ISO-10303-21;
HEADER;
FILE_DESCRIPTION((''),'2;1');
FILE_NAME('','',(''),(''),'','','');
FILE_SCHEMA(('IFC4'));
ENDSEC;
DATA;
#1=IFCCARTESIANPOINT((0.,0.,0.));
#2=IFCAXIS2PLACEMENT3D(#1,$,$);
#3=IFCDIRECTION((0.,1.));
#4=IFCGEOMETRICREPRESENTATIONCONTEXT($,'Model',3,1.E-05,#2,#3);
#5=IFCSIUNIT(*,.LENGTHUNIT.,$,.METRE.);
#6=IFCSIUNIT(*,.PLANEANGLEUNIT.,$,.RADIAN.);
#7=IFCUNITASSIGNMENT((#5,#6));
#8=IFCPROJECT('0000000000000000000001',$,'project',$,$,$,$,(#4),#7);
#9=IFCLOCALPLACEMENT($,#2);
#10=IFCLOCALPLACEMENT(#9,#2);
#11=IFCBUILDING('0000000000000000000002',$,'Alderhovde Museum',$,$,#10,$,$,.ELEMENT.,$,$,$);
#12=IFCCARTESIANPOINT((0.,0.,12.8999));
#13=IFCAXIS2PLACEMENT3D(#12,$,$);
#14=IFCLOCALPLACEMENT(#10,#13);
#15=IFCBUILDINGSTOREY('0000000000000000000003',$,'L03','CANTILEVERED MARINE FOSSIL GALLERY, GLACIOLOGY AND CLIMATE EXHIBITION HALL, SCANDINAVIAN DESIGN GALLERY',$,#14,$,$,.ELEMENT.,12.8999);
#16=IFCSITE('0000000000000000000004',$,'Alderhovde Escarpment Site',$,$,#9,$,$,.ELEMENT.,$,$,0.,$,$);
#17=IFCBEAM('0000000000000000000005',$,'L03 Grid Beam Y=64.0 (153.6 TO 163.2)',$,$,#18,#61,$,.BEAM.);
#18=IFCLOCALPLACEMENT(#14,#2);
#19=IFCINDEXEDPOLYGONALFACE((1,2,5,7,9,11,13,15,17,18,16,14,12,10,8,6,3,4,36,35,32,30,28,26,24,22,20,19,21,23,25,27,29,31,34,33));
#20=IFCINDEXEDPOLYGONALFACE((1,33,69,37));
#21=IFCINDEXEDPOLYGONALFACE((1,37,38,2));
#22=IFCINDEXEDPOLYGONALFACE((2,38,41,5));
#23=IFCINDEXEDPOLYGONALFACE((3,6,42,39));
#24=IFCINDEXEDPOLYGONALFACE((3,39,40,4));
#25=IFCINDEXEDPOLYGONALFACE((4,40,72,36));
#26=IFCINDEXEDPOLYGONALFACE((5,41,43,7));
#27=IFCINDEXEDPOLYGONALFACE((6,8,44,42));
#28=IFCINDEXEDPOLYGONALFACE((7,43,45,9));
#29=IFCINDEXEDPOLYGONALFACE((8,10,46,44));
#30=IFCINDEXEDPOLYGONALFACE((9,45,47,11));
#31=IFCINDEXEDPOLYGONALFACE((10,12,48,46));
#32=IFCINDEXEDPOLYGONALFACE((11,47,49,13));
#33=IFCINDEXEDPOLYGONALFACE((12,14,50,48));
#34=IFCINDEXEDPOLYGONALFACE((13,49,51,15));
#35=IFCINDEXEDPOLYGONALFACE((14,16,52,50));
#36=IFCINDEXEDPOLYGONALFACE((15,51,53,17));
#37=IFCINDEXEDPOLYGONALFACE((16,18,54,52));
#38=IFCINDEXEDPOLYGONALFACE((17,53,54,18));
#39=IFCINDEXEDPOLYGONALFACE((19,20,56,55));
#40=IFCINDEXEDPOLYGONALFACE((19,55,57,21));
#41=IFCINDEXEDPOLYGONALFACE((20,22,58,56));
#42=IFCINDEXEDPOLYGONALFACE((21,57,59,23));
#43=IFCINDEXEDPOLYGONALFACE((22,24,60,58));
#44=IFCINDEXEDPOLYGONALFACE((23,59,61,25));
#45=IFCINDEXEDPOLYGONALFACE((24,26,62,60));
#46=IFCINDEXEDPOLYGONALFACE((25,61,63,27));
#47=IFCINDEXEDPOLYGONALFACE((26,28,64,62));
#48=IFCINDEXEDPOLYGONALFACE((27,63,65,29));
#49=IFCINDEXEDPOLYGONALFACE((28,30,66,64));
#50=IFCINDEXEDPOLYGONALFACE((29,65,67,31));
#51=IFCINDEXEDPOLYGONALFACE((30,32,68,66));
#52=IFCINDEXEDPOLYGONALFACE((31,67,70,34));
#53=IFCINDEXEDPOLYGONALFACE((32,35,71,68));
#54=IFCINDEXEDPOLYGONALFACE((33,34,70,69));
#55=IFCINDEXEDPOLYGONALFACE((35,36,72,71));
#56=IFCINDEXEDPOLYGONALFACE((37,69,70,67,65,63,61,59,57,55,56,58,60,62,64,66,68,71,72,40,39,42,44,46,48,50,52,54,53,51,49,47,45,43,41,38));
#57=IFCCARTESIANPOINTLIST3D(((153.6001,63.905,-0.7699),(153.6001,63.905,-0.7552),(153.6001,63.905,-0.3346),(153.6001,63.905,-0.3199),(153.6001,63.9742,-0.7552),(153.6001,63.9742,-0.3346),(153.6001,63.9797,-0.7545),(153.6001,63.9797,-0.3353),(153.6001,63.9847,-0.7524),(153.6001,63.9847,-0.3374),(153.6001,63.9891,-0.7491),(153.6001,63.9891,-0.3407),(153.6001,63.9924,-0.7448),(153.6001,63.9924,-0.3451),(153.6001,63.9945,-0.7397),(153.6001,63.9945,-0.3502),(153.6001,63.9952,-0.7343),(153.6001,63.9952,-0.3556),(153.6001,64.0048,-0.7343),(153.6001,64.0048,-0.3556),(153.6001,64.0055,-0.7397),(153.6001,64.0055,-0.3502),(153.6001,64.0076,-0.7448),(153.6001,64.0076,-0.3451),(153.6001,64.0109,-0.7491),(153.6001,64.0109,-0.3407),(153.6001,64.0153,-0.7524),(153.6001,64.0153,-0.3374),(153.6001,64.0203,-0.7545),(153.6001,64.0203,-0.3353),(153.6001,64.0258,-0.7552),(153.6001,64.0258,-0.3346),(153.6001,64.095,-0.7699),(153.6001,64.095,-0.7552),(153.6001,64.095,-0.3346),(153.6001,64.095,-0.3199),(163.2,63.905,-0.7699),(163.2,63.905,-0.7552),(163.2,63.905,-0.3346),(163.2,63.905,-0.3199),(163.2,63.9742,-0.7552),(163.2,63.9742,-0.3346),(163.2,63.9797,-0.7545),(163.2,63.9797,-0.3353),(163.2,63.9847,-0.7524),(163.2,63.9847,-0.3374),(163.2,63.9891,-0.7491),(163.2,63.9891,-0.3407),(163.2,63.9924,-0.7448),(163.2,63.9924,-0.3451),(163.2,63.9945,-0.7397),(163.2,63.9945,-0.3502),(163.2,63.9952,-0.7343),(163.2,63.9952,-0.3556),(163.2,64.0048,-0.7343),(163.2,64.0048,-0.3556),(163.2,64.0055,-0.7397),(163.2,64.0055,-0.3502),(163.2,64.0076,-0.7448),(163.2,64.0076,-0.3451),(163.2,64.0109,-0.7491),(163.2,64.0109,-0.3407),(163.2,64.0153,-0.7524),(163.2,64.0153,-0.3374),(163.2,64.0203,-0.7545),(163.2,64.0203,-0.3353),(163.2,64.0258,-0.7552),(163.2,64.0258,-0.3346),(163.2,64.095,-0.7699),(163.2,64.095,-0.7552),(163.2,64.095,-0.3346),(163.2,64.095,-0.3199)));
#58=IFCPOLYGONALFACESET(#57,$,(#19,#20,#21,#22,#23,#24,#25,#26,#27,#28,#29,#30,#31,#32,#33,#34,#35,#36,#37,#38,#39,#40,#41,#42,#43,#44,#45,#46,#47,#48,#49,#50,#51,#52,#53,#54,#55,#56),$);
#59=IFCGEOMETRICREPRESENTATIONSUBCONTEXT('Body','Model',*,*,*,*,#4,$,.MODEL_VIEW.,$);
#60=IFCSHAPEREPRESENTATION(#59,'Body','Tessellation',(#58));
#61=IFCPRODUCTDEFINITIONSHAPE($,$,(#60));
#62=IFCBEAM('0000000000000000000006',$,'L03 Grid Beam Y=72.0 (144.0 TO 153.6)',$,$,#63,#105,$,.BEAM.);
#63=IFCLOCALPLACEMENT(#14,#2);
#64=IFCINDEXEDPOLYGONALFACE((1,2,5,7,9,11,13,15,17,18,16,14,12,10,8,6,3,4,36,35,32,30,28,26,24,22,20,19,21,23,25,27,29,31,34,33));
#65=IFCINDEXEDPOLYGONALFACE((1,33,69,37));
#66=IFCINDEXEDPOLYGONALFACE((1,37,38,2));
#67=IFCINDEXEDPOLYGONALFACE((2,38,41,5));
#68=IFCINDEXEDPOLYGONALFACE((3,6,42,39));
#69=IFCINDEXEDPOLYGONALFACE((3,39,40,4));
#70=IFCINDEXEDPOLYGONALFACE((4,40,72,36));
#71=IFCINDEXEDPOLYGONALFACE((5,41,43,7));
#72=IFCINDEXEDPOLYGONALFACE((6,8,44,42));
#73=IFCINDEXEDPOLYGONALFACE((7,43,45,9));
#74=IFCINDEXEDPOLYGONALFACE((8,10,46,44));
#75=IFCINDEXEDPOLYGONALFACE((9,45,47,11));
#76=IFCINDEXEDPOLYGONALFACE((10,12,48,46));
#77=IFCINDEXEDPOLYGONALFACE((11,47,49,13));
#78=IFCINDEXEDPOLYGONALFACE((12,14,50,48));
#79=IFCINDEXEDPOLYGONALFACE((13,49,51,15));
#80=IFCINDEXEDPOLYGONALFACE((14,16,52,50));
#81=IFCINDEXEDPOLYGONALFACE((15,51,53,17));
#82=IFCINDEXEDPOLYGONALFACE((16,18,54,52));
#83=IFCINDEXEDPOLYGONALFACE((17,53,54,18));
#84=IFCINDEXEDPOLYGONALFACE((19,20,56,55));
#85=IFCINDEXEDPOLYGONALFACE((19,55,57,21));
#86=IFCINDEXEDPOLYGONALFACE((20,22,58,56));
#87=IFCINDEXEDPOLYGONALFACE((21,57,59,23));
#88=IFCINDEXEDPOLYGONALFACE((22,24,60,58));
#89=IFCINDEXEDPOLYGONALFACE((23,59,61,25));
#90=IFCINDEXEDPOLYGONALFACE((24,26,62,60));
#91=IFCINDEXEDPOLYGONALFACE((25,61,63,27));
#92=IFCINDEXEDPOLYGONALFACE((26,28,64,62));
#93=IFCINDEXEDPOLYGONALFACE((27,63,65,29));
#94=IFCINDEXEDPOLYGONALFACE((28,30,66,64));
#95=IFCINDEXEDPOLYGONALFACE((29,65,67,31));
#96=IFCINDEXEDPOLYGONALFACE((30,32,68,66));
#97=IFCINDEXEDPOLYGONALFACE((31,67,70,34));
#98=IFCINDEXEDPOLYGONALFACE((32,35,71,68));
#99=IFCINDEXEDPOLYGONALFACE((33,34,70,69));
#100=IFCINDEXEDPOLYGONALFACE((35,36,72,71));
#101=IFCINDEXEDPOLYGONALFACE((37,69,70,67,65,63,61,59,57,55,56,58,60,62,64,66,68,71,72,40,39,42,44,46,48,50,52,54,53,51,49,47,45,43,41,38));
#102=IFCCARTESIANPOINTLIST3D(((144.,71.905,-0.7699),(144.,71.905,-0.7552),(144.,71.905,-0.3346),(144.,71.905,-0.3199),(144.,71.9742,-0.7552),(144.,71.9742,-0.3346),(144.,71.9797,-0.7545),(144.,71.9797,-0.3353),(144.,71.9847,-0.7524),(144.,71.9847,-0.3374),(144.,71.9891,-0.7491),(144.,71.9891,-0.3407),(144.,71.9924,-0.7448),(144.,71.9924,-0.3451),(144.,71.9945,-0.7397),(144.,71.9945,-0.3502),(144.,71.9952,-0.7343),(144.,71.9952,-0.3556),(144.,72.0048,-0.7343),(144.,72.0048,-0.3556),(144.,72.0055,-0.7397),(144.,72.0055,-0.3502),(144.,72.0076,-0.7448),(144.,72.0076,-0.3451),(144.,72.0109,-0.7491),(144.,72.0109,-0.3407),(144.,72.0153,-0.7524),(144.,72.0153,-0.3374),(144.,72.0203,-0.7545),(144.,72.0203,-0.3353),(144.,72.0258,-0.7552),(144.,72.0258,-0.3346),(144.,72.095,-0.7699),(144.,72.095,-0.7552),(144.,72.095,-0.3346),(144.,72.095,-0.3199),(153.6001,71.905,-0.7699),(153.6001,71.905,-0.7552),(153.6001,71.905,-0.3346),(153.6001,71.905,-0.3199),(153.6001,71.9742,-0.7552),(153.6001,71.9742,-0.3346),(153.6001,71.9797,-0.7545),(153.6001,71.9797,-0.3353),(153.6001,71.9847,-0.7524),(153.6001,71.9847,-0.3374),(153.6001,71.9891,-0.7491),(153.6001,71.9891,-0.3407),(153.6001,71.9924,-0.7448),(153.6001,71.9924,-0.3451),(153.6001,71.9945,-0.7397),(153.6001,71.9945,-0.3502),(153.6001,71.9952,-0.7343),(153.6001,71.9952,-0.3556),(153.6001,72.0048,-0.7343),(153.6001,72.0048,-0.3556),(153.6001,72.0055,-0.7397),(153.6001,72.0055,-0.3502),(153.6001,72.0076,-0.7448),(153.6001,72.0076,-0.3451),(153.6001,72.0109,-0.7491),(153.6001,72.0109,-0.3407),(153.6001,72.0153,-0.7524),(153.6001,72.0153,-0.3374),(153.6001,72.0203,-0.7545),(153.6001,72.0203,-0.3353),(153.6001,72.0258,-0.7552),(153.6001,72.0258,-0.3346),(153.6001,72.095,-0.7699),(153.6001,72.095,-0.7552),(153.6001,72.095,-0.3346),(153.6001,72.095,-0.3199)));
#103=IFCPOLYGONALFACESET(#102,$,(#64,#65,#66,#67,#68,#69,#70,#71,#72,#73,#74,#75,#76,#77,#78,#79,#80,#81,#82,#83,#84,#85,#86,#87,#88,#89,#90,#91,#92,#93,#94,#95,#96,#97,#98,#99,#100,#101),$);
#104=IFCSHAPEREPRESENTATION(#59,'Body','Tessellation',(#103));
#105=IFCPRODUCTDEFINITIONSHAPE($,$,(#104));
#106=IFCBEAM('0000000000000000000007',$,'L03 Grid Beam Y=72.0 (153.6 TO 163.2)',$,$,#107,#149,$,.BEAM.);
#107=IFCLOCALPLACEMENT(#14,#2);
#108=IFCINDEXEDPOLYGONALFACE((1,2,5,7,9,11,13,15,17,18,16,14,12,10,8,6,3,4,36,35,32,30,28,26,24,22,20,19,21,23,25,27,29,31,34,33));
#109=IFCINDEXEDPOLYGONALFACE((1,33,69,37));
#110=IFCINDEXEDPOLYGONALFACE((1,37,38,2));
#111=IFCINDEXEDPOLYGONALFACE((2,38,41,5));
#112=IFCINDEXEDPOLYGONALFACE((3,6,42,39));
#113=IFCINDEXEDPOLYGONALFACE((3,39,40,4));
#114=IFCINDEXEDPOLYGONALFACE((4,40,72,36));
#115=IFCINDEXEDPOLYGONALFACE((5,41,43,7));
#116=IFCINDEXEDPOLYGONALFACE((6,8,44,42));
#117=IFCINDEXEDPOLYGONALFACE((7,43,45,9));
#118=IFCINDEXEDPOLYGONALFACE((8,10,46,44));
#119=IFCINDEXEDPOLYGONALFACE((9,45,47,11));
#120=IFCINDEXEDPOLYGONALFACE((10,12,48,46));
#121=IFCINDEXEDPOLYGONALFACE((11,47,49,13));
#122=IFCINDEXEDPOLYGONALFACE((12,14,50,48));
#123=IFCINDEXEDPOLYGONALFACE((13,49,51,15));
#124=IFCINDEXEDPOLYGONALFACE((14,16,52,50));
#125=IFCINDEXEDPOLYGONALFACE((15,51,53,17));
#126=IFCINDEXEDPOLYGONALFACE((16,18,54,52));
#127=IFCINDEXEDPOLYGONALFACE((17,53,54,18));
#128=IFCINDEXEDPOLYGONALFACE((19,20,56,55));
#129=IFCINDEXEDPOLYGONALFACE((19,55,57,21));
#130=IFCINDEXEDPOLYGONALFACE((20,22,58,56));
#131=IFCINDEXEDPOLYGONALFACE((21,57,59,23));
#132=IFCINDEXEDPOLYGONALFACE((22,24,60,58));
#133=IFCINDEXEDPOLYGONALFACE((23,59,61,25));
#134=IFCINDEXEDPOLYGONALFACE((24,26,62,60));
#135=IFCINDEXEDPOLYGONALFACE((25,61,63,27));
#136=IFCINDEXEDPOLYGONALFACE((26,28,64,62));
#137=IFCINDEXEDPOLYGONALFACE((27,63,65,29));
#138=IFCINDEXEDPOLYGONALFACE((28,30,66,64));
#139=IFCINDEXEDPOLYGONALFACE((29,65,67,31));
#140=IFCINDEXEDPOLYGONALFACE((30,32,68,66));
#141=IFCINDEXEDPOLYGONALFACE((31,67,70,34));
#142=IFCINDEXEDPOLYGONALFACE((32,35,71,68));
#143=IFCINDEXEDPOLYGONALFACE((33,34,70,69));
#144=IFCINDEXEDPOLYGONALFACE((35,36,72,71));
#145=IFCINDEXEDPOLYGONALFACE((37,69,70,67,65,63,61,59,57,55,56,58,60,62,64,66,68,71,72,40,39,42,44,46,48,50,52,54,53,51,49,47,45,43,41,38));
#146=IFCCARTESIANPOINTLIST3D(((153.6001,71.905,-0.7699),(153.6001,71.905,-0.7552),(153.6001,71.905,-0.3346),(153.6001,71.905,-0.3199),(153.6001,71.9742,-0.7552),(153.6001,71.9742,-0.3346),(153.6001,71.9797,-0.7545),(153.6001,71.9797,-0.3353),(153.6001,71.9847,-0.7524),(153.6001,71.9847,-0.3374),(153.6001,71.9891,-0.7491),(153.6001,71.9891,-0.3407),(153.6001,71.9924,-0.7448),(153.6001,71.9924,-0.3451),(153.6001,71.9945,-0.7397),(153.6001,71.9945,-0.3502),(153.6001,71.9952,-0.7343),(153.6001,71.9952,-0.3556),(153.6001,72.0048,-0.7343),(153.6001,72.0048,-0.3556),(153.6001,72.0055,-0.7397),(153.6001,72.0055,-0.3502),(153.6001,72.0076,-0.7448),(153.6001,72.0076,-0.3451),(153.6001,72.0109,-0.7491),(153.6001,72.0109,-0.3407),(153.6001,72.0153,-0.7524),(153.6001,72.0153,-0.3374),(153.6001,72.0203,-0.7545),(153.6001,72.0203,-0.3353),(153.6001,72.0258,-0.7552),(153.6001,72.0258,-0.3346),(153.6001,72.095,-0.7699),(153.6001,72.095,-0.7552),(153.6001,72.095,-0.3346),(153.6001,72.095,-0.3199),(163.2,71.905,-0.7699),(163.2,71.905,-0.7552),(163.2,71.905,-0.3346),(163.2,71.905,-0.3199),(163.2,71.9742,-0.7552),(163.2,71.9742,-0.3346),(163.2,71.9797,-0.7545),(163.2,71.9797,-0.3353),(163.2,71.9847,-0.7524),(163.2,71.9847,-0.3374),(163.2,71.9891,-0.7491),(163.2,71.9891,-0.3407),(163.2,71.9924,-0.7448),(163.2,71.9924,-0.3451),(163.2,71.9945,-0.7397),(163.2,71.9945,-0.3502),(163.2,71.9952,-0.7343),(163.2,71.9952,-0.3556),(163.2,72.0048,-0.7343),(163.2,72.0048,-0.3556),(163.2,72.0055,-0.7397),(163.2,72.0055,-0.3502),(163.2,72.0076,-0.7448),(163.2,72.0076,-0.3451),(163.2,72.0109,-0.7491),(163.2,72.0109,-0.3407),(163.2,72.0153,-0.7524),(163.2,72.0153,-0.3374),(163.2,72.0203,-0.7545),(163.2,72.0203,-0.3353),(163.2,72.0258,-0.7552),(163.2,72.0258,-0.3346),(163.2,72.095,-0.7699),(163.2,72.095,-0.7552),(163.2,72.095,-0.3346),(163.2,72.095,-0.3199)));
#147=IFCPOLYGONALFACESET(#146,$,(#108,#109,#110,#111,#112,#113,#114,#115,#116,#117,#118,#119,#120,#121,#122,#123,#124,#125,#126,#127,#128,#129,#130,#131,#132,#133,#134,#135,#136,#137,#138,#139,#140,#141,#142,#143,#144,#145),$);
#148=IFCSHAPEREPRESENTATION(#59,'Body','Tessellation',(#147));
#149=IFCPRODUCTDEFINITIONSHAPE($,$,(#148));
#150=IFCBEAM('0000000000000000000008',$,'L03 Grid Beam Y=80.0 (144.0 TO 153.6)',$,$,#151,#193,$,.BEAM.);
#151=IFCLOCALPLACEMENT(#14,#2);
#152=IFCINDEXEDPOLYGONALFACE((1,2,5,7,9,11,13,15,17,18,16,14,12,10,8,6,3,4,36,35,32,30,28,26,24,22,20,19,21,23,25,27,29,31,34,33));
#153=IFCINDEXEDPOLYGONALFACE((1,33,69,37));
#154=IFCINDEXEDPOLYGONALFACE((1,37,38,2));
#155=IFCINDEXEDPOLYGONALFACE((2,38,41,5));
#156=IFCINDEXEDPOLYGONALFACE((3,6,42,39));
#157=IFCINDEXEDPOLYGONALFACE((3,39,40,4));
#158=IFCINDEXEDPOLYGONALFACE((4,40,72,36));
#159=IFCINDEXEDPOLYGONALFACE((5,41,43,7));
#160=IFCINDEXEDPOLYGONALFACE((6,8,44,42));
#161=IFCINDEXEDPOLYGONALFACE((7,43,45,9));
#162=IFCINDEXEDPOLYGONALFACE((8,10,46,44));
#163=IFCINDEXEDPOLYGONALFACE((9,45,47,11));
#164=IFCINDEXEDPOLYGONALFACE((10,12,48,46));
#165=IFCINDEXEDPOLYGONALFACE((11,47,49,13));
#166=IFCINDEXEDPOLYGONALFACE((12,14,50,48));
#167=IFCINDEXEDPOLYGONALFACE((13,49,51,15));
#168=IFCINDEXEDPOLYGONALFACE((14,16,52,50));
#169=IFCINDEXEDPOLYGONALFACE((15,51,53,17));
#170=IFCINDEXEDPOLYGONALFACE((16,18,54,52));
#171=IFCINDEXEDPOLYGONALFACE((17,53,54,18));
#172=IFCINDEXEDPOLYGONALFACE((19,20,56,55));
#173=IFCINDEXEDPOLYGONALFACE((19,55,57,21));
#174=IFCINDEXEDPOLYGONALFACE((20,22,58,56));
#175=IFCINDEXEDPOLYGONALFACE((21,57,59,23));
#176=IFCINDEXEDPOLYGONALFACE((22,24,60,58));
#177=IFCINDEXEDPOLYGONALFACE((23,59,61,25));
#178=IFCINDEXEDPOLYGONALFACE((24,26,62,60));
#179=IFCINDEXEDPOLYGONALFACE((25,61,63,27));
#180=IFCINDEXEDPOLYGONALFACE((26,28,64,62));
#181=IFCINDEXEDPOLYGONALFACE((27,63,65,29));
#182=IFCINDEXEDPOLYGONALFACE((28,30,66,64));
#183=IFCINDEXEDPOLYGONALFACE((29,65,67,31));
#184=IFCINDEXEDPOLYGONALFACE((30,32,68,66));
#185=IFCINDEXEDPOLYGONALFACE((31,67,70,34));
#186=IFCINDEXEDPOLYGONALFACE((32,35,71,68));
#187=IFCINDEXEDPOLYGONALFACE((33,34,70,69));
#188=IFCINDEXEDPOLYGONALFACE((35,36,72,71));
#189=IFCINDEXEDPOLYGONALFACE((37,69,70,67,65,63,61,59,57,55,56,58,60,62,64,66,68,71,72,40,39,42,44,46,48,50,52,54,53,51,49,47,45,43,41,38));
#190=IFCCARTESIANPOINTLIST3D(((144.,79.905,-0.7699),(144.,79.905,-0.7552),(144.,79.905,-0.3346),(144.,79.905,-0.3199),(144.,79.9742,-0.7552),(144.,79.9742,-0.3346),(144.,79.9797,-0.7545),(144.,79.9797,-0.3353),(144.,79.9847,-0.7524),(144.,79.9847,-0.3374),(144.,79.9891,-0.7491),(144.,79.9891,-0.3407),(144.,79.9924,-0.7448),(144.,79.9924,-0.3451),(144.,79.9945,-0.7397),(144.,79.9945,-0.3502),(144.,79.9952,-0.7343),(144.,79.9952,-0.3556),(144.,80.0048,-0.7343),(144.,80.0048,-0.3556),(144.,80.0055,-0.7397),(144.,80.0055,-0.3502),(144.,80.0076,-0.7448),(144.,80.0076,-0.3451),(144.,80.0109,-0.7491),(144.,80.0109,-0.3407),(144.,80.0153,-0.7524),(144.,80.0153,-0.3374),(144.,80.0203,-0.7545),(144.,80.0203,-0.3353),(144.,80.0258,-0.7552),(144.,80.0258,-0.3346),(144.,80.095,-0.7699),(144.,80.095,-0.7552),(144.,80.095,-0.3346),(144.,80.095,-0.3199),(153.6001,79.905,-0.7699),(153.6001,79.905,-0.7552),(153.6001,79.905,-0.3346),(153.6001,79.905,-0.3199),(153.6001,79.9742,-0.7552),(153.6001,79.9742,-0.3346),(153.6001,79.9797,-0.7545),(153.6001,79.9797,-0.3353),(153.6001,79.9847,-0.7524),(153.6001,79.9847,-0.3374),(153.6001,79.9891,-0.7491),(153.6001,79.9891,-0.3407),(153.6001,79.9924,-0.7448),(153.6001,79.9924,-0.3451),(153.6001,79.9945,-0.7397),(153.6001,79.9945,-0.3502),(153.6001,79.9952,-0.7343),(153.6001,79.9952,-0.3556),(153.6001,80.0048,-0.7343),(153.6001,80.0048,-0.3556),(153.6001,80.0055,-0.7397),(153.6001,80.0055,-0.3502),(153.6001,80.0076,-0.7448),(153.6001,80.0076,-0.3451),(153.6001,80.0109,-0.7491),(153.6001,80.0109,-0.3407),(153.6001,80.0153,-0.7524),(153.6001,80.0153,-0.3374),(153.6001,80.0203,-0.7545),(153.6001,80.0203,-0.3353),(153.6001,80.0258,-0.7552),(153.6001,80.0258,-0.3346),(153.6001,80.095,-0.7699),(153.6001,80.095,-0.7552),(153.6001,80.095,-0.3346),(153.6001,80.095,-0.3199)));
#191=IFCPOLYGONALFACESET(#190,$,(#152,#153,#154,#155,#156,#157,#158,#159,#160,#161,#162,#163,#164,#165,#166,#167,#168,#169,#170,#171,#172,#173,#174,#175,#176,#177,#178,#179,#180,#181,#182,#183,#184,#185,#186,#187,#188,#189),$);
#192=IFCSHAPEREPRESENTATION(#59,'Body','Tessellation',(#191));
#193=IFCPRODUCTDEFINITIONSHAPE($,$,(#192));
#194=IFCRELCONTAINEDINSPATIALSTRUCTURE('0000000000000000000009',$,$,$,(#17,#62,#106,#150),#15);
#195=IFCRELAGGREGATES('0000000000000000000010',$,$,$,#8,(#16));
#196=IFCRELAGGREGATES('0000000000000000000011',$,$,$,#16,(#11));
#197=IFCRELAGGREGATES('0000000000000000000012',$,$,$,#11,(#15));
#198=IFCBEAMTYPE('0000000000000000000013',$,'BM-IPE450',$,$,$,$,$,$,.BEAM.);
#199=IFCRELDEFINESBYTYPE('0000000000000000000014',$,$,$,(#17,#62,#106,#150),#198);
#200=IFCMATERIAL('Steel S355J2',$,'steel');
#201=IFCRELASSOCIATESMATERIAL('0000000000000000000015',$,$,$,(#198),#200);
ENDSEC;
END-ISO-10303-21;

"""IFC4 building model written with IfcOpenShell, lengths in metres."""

from ifc_helpers import new_model, si_unit, direction, frame, origin, origin_2d, place, context, subcontext, project, spatial, i_section, extrude, material, material_profile, profile_set, type_object, element, save


model = new_model("IFC4")

# Units and contexts
model_context = context("Model", 3, precision=1e-05, world=origin(), true_north=direction((0.0, 1.0)))
body_context = subcontext(model_context, "Body", "Model", "MODEL_VIEW")
ifc_project = project(units=[si_unit("LENGTHUNIT", "METRE"), si_unit("PLANEANGLEUNIT", "RADIAN")], contexts=[model_context])

# Site, building, storey
site_placement = place(None, origin())
site = spatial("IfcSite", under=ifc_project, at=site_placement, Name="Alderhovde Escarpment Site", CompositionType="ELEMENT", RefElevation=0.0)
building_placement = place(site_placement, origin())
building = spatial("IfcBuilding", under=site, at=building_placement, Name="Alderhovde Museum", CompositionType="ELEMENT")
storey_placement = place(building_placement, frame((0.0, 0.0, 12.8999)))
storey = spatial("IfcBuildingStorey", under=building, at=storey_placement, Name="L03", Description="CANTILEVERED MARINE FOSSIL GALLERY, GLACIOLOGY AND CLIMATE EXHIBITION HALL, SCANDINAVIAN DESIGN GALLERY", CompositionType="ELEMENT", Elevation=12.8999)

# Beams
ifc_material_1 = material(Name="Steel S355J2", Category="steel")
ifc_material_profile_1 = material_profile(ifc_material_1, i_section(OverallWidth=0.1899, OverallDepth=0.45, WebThickness=0.0095, FlangeThickness=0.0146, FilletRadius=0.021, at=origin_2d()), Name="IPE 450")
ifc_profile_set_1 = profile_set([ifc_material_profile_1], Name="Steel S355J2")
beam_type_1 = type_object("IfcBeamType", Name="BM-IPE450", PredefinedType="BEAM", material=ifc_profile_set_1)
beam_1_placement = place(storey_placement, frame((153.6001, 64.0, -0.5449), z_axis=(1.0, 0.0, 0.0), x_axis=(0.0, 1.0, 0.0)))
element("IfcBeam", 1, at=beam_1_placement, inside=storey, type_object=beam_type_1, Name="L03 Grid Beam Y=64.0 (153.6 TO 163.2)", PredefinedType="BEAM", context=body_context, shape_type="SweptSolid", body=[
    extrude(i_section(OverallWidth=0.1899, OverallDepth=0.45, WebThickness=0.0095, FlangeThickness=0.0146, FilletRadius=0.021, at=origin_2d()), origin(), (0.0, 0.0, 1.0), 9.5999),
])
beam_2_placement = place(storey_placement, frame((144.0, 72.0, -0.5449), z_axis=(1.0, 0.0, 0.0), x_axis=(0.0, 1.0, 0.0)))
element("IfcBeam", 2, at=beam_2_placement, inside=storey, type_object=beam_type_1, Name="L03 Grid Beam Y=72.0 (144.0 TO 153.6)", PredefinedType="BEAM", context=body_context, shape_type="SweptSolid", body=[
    extrude(i_section(OverallWidth=0.1899, OverallDepth=0.45, WebThickness=0.0095, FlangeThickness=0.0146, FilletRadius=0.021, at=origin_2d()), origin(), (0.0, 0.0, 1.0), 9.6001),
])
beam_3_placement = place(storey_placement, frame((153.6001, 72.0, -0.5449), z_axis=(1.0, 0.0, 0.0), x_axis=(0.0, 1.0, 0.0)))
element("IfcBeam", 3, at=beam_3_placement, inside=storey, type_object=beam_type_1, Name="L03 Grid Beam Y=72.0 (153.6 TO 163.2)", PredefinedType="BEAM", context=body_context, shape_type="SweptSolid", body=[
    extrude(i_section(OverallWidth=0.1899, OverallDepth=0.45, WebThickness=0.0095, FlangeThickness=0.0146, FilletRadius=0.021, at=origin_2d()), origin(), (0.0, 0.0, 1.0), 9.5999),
])
beam_4_placement = place(storey_placement, frame((144.0, 80.0, -0.5449), z_axis=(1.0, 0.0, 0.0), x_axis=(0.0, 1.0, 0.0)))
element("IfcBeam", 4, at=beam_4_placement, inside=storey, type_object=beam_type_1, Name="L03 Grid Beam Y=80.0 (144.0 TO 153.6)", PredefinedType="BEAM", context=body_context, shape_type="SweptSolid", body=[
    extrude(i_section(OverallWidth=0.1899, OverallDepth=0.45, WebThickness=0.0095, FlangeThickness=0.0146, FilletRadius=0.021, at=origin_2d()), origin(), (0.0, 0.0, 1.0), 9.6001),
])

save(model, "model.ifc")
